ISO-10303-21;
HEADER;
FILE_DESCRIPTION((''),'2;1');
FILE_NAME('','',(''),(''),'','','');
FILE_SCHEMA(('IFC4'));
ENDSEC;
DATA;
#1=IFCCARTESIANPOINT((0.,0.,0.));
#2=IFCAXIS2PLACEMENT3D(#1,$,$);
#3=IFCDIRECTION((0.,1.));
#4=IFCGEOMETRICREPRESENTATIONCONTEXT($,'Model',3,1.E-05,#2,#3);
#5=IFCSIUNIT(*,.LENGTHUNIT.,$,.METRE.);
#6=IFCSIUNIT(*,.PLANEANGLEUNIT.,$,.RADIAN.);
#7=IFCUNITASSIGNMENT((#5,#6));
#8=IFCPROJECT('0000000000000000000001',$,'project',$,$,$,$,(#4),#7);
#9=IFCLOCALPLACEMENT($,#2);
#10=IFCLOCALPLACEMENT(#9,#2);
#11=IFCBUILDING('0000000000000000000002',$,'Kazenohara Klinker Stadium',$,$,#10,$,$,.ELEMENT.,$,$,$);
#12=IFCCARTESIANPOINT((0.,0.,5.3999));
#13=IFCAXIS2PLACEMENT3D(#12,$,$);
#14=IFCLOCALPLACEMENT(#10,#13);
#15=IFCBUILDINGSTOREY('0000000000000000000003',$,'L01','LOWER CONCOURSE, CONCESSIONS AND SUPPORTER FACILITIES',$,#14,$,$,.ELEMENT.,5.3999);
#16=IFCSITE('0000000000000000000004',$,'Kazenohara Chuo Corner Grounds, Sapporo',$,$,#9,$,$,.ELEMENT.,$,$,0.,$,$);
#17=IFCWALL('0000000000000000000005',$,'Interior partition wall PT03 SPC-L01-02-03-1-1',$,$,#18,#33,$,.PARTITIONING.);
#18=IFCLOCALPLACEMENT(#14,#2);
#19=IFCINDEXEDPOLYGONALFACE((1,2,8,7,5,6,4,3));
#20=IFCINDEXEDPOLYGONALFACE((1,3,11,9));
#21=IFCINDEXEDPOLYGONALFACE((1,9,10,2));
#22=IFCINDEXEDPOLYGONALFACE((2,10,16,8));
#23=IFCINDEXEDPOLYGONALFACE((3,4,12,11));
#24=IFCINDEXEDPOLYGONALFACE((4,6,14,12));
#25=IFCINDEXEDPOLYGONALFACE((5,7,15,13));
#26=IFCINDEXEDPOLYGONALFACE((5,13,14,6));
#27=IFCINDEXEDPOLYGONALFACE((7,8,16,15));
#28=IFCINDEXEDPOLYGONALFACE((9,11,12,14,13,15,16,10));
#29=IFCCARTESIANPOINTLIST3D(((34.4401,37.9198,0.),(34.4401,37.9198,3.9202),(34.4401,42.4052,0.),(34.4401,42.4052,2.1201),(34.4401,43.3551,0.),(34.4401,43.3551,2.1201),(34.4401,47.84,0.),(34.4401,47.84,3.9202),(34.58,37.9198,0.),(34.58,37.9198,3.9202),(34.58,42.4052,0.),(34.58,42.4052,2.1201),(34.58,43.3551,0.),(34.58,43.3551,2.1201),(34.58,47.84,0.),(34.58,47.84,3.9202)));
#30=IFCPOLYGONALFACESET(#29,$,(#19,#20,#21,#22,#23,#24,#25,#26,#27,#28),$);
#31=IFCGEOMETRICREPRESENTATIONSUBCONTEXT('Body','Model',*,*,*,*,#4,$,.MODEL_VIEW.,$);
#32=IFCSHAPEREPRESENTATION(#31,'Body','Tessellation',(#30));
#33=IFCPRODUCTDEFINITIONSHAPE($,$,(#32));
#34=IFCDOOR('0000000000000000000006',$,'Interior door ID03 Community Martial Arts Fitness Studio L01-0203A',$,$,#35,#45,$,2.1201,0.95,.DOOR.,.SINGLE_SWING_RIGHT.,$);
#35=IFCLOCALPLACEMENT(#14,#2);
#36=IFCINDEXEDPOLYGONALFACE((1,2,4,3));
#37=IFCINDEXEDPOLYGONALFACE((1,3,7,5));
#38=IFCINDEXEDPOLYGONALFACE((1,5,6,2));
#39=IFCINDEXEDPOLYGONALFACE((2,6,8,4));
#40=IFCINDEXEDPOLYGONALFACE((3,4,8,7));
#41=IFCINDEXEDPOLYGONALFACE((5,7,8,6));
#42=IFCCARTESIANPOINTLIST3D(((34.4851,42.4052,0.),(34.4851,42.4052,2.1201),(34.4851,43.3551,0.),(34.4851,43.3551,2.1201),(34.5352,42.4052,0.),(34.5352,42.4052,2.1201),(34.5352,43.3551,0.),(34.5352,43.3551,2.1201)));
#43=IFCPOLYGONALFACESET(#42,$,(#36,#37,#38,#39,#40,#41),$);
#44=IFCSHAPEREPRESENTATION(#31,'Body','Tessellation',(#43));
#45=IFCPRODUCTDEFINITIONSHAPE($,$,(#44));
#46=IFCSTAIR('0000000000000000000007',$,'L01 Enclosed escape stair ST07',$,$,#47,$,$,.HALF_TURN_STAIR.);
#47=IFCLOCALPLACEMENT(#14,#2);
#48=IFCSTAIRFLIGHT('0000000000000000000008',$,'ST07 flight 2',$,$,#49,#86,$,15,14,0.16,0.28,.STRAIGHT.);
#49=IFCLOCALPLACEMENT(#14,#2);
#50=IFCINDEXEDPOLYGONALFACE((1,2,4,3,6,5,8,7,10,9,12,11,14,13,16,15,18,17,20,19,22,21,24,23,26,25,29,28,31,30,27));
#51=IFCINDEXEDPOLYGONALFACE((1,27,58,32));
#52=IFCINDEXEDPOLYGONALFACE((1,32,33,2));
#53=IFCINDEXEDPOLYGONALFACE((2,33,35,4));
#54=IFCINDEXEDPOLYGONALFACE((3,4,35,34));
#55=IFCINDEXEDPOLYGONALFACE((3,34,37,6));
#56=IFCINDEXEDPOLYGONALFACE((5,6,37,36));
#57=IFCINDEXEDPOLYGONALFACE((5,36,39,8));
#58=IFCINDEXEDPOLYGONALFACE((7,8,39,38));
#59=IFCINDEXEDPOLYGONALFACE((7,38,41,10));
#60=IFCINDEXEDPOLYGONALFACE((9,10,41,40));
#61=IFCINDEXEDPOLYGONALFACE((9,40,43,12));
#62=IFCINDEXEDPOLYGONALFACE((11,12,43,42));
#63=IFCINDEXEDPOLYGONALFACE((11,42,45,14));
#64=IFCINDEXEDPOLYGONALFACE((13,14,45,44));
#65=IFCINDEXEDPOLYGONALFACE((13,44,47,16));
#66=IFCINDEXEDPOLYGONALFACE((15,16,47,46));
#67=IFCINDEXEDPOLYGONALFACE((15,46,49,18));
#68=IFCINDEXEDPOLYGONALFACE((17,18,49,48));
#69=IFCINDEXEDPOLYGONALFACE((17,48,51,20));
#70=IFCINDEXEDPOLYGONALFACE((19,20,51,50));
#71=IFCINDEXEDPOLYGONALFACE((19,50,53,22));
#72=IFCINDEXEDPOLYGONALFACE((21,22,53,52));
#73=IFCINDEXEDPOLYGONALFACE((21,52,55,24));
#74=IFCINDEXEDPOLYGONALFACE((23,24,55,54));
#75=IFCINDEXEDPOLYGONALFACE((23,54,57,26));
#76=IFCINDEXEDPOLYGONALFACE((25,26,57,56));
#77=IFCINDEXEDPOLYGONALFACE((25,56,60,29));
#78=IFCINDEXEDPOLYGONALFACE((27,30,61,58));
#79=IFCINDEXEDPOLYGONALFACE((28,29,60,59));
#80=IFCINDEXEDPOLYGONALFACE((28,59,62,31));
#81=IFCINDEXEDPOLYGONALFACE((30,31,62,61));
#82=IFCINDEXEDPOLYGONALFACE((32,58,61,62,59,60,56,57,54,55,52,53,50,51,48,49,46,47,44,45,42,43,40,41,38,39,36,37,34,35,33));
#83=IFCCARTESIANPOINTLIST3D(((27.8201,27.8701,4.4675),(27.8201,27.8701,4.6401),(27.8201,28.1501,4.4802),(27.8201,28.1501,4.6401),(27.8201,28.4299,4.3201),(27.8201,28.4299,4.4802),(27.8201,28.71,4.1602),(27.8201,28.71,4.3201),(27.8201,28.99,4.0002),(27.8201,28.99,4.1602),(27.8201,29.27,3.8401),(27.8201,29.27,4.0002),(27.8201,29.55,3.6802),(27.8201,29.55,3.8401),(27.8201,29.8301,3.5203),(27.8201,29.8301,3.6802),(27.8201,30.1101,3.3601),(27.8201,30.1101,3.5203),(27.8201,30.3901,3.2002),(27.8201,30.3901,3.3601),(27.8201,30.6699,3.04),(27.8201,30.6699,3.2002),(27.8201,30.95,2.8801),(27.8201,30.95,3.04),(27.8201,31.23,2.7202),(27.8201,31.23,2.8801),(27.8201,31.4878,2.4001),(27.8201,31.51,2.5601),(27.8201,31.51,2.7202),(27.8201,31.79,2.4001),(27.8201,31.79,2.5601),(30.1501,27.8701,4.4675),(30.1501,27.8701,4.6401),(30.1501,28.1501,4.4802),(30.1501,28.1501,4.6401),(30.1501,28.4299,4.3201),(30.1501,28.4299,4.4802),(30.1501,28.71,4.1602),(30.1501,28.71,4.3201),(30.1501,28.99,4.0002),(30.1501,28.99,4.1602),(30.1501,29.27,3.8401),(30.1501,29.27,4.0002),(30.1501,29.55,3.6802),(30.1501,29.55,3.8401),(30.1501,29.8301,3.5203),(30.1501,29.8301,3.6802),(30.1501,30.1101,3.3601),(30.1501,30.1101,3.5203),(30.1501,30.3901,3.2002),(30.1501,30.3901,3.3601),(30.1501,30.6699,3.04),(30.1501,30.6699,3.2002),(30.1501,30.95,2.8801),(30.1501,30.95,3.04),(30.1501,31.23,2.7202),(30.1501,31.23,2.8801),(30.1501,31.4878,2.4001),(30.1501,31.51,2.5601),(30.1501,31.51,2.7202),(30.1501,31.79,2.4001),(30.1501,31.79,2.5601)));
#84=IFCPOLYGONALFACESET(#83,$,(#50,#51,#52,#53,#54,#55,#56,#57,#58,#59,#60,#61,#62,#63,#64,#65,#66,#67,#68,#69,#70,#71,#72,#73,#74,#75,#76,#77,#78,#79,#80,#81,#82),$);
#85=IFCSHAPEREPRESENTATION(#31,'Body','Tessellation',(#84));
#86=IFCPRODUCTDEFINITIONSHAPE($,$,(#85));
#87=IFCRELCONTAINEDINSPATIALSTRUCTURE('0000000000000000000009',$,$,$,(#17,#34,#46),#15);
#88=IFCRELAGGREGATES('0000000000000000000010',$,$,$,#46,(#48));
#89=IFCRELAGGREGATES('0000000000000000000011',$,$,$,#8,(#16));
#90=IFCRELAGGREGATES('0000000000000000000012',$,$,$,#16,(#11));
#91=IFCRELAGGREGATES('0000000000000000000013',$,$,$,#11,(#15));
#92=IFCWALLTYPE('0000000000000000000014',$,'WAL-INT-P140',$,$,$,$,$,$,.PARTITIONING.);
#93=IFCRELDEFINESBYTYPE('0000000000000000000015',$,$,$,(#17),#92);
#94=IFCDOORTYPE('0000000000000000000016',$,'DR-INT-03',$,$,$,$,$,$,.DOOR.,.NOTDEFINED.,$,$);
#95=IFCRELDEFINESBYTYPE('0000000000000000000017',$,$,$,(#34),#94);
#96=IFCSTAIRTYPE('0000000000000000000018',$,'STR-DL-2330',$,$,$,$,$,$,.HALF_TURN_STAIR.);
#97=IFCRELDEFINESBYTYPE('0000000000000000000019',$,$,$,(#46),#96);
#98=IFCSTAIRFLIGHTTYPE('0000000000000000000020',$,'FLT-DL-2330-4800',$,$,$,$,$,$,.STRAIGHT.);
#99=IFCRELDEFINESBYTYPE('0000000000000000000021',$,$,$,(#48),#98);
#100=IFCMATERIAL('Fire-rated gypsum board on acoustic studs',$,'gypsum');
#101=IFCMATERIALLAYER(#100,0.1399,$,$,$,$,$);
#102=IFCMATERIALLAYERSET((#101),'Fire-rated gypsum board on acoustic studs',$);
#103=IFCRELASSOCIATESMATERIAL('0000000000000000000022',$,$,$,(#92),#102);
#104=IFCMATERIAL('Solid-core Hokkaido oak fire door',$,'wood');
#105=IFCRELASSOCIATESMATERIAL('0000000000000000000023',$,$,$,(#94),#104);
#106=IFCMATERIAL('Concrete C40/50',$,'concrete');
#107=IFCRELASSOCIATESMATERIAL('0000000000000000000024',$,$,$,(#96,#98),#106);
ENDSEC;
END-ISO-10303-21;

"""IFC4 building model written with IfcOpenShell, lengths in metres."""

from ifc_helpers import new_model, si_unit, direction, frame, frame_2d, origin, place, context, subcontext, project, spatial, polyline, rectangle, outline, extrude, material, layer, layer_set, type_object, element, fill, aggregate, save


model = new_model("IFC4")

# Units and contexts
model_context = context("Model", 3, precision=1e-05, world=origin(), true_north=direction((0.0, 1.0)))
body_context = subcontext(model_context, "Body", "Model", "MODEL_VIEW")
ifc_project = project(units=[si_unit("LENGTHUNIT", "METRE"), si_unit("PLANEANGLEUNIT", "RADIAN")], contexts=[model_context])

# Site, building, storey
site_placement = place(None, origin())
site = spatial("IfcSite", under=ifc_project, at=site_placement, Name="Kazenohara Chuo Corner Grounds, Sapporo", CompositionType="ELEMENT", RefElevation=0.0)
building_placement = place(site_placement, origin())
building = spatial("IfcBuilding", under=site, at=building_placement, Name="Kazenohara Klinker Stadium", CompositionType="ELEMENT")
storey_placement = place(building_placement, frame((0.0, 0.0, 5.3999)))
storey = spatial("IfcBuildingStorey", under=building, at=storey_placement, Name="L01", Description="LOWER CONCOURSE, CONCESSIONS AND SUPPORTER FACILITIES", CompositionType="ELEMENT", Elevation=5.3999)

# Shared definitions
ifc_material_1 = material(Name="Concrete C40/50", Category="concrete")

# Wall, opening, door
ifc_material_2 = material(Name="Fire-rated gypsum board on acoustic studs", Category="gypsum")
ifc_material_3 = material(Name="Solid-core Hokkaido oak fire door", Category="wood")
ifc_layer_1 = layer(ifc_material_2, 0.1399)
ifc_layer_set_1 = layer_set([ifc_layer_1], Name="Fire-rated gypsum board on acoustic studs")
wall_type_1 = type_object("IfcWallType", Name="WAL-INT-P140", PredefinedType="PARTITIONING", material=ifc_layer_set_1)
wall_1_placement = place(storey_placement, frame((34.51, 37.9199, 0.0), z_axis=(0.0, 0.0, 1.0), x_axis=(0.0, 1.0, 0.0)))
wall_1 = element("IfcWall", 1, at=wall_1_placement, inside=storey, type_object=wall_type_1, Name="Interior partition wall PT03 SPC-L01-02-03-1-1", PredefinedType="PARTITIONING", context=body_context, shape_type="SweptSolid", body=[
    extrude(rectangle(XDim=9.9202, YDim=0.1399, at=frame_2d((4.96, 0.0))), origin(), (0.0, 0.0, 1.0), 3.9202),
])
opening_1_placement = place(wall_1_placement, frame((4.4851, 0.0, 0.0)))
opening_1 = element("IfcOpeningElement", 2, at=opening_1_placement, cuts=wall_1, PredefinedType="OPENING", context=body_context, shape_type="SweptSolid", body=[
    extrude(rectangle(XDim=0.95, YDim=2.1201, at=frame_2d((0.4751, 1.0601))), frame((0.0, 0.0801, 0.0), z_axis=(0.0, -1.0, 0.0), x_axis=(1.0, 0.0, 0.0)), (0.0, 0.0, 1.0), 0.1599),
])
door_type_1 = type_object("IfcDoorType", Name="DR-INT-03", OperationType="NOTDEFINED", PredefinedType="DOOR", material=ifc_material_3)
door_1_placement = place(opening_1_placement, origin())
door_1 = element("IfcDoor", 3, at=door_1_placement, inside=storey, type_object=door_type_1, Name="Interior door ID03 Community Martial Arts Fitness Studio L01-0203A", OperationType="SINGLE_SWING_RIGHT", OverallHeight=2.1201, OverallWidth=0.95, PredefinedType="DOOR", context=body_context, shape_type="SweptSolid", body=[
    extrude(rectangle(XDim=0.95, YDim=2.1201, at=frame_2d((0.4751, 1.0601))), frame((0.0, 0.0249, 0.0), z_axis=(0.0, -1.0, 0.0), x_axis=(1.0, 0.0, 0.0)), (0.0, 0.0, 1.0), 0.05),
])
fill(opening_1, door_1)

# Stair, stair flight
stair_type = type_object("IfcStairType", Name="STR-DL-2330", PredefinedType="HALF_TURN_STAIR", material=ifc_material_1)
stair_placement = place(storey_placement, origin())
stair = element("IfcStair", 4, at=stair_placement, inside=storey, type_object=stair_type, Name="L01 Enclosed escape stair ST07", PredefinedType="HALF_TURN_STAIR")
stair_flight_type = type_object("IfcStairFlightType", Name="FLT-DL-2330-4800", PredefinedType="STRAIGHT", material=ifc_material_1)
stair_flight_placement = place(storey_placement, frame((28.9851, 31.79, 2.4001), z_axis=(0.0, 0.0, 1.0), x_axis=(0.0, -1.0, 0.0)))
stair_flight = element("IfcStairFlight", 5, at=stair_flight_placement, type_object=stair_flight_type, Name="ST07 flight 2", NumberOfRisers=15, NumberOfTreads=14, PredefinedType="STRAIGHT", RiserHeight=0.16, TreadLength=0.28, context=body_context, shape_type="SweptSolid", body=[
    extrude(outline(polyline([(0.0, 0.0), (0.0, 0.1599), (0.28, 0.1599), (0.28, 0.3201), (0.5601, 0.3201), (0.5601, 0.48), (0.8401, 0.48), (0.8401, 0.6399), (1.1201, 0.6399), (1.1201, 0.8), (1.3999, 0.8), (1.3999, 0.96), (1.6799, 0.96), (1.6799, 1.1201), (1.96, 1.1201), (1.96, 1.28), (2.24, 1.28), (2.24, 1.4399), (2.52, 1.4399), (2.52, 1.6001), (2.8, 1.6001), (2.8, 1.76), (3.0801, 1.76), (3.0801, 1.9199), (3.3601, 1.9199), (3.3601, 2.0801), (3.6399, 2.0801), (3.6399, 2.24), (3.9199, 2.24), (3.9199, 2.3999), (3.9199, 2.0674), (0.3022, 0.0), (0.0, 0.0)])), frame((0.0, 1.165, 0.0), z_axis=(0.0, -1.0, 0.0), x_axis=(1.0, 0.0, 0.0)), (0.0, 0.0, 1.0), 2.3301),
])
aggregate(stair, [stair_flight])

save(model, "model.ifc")
